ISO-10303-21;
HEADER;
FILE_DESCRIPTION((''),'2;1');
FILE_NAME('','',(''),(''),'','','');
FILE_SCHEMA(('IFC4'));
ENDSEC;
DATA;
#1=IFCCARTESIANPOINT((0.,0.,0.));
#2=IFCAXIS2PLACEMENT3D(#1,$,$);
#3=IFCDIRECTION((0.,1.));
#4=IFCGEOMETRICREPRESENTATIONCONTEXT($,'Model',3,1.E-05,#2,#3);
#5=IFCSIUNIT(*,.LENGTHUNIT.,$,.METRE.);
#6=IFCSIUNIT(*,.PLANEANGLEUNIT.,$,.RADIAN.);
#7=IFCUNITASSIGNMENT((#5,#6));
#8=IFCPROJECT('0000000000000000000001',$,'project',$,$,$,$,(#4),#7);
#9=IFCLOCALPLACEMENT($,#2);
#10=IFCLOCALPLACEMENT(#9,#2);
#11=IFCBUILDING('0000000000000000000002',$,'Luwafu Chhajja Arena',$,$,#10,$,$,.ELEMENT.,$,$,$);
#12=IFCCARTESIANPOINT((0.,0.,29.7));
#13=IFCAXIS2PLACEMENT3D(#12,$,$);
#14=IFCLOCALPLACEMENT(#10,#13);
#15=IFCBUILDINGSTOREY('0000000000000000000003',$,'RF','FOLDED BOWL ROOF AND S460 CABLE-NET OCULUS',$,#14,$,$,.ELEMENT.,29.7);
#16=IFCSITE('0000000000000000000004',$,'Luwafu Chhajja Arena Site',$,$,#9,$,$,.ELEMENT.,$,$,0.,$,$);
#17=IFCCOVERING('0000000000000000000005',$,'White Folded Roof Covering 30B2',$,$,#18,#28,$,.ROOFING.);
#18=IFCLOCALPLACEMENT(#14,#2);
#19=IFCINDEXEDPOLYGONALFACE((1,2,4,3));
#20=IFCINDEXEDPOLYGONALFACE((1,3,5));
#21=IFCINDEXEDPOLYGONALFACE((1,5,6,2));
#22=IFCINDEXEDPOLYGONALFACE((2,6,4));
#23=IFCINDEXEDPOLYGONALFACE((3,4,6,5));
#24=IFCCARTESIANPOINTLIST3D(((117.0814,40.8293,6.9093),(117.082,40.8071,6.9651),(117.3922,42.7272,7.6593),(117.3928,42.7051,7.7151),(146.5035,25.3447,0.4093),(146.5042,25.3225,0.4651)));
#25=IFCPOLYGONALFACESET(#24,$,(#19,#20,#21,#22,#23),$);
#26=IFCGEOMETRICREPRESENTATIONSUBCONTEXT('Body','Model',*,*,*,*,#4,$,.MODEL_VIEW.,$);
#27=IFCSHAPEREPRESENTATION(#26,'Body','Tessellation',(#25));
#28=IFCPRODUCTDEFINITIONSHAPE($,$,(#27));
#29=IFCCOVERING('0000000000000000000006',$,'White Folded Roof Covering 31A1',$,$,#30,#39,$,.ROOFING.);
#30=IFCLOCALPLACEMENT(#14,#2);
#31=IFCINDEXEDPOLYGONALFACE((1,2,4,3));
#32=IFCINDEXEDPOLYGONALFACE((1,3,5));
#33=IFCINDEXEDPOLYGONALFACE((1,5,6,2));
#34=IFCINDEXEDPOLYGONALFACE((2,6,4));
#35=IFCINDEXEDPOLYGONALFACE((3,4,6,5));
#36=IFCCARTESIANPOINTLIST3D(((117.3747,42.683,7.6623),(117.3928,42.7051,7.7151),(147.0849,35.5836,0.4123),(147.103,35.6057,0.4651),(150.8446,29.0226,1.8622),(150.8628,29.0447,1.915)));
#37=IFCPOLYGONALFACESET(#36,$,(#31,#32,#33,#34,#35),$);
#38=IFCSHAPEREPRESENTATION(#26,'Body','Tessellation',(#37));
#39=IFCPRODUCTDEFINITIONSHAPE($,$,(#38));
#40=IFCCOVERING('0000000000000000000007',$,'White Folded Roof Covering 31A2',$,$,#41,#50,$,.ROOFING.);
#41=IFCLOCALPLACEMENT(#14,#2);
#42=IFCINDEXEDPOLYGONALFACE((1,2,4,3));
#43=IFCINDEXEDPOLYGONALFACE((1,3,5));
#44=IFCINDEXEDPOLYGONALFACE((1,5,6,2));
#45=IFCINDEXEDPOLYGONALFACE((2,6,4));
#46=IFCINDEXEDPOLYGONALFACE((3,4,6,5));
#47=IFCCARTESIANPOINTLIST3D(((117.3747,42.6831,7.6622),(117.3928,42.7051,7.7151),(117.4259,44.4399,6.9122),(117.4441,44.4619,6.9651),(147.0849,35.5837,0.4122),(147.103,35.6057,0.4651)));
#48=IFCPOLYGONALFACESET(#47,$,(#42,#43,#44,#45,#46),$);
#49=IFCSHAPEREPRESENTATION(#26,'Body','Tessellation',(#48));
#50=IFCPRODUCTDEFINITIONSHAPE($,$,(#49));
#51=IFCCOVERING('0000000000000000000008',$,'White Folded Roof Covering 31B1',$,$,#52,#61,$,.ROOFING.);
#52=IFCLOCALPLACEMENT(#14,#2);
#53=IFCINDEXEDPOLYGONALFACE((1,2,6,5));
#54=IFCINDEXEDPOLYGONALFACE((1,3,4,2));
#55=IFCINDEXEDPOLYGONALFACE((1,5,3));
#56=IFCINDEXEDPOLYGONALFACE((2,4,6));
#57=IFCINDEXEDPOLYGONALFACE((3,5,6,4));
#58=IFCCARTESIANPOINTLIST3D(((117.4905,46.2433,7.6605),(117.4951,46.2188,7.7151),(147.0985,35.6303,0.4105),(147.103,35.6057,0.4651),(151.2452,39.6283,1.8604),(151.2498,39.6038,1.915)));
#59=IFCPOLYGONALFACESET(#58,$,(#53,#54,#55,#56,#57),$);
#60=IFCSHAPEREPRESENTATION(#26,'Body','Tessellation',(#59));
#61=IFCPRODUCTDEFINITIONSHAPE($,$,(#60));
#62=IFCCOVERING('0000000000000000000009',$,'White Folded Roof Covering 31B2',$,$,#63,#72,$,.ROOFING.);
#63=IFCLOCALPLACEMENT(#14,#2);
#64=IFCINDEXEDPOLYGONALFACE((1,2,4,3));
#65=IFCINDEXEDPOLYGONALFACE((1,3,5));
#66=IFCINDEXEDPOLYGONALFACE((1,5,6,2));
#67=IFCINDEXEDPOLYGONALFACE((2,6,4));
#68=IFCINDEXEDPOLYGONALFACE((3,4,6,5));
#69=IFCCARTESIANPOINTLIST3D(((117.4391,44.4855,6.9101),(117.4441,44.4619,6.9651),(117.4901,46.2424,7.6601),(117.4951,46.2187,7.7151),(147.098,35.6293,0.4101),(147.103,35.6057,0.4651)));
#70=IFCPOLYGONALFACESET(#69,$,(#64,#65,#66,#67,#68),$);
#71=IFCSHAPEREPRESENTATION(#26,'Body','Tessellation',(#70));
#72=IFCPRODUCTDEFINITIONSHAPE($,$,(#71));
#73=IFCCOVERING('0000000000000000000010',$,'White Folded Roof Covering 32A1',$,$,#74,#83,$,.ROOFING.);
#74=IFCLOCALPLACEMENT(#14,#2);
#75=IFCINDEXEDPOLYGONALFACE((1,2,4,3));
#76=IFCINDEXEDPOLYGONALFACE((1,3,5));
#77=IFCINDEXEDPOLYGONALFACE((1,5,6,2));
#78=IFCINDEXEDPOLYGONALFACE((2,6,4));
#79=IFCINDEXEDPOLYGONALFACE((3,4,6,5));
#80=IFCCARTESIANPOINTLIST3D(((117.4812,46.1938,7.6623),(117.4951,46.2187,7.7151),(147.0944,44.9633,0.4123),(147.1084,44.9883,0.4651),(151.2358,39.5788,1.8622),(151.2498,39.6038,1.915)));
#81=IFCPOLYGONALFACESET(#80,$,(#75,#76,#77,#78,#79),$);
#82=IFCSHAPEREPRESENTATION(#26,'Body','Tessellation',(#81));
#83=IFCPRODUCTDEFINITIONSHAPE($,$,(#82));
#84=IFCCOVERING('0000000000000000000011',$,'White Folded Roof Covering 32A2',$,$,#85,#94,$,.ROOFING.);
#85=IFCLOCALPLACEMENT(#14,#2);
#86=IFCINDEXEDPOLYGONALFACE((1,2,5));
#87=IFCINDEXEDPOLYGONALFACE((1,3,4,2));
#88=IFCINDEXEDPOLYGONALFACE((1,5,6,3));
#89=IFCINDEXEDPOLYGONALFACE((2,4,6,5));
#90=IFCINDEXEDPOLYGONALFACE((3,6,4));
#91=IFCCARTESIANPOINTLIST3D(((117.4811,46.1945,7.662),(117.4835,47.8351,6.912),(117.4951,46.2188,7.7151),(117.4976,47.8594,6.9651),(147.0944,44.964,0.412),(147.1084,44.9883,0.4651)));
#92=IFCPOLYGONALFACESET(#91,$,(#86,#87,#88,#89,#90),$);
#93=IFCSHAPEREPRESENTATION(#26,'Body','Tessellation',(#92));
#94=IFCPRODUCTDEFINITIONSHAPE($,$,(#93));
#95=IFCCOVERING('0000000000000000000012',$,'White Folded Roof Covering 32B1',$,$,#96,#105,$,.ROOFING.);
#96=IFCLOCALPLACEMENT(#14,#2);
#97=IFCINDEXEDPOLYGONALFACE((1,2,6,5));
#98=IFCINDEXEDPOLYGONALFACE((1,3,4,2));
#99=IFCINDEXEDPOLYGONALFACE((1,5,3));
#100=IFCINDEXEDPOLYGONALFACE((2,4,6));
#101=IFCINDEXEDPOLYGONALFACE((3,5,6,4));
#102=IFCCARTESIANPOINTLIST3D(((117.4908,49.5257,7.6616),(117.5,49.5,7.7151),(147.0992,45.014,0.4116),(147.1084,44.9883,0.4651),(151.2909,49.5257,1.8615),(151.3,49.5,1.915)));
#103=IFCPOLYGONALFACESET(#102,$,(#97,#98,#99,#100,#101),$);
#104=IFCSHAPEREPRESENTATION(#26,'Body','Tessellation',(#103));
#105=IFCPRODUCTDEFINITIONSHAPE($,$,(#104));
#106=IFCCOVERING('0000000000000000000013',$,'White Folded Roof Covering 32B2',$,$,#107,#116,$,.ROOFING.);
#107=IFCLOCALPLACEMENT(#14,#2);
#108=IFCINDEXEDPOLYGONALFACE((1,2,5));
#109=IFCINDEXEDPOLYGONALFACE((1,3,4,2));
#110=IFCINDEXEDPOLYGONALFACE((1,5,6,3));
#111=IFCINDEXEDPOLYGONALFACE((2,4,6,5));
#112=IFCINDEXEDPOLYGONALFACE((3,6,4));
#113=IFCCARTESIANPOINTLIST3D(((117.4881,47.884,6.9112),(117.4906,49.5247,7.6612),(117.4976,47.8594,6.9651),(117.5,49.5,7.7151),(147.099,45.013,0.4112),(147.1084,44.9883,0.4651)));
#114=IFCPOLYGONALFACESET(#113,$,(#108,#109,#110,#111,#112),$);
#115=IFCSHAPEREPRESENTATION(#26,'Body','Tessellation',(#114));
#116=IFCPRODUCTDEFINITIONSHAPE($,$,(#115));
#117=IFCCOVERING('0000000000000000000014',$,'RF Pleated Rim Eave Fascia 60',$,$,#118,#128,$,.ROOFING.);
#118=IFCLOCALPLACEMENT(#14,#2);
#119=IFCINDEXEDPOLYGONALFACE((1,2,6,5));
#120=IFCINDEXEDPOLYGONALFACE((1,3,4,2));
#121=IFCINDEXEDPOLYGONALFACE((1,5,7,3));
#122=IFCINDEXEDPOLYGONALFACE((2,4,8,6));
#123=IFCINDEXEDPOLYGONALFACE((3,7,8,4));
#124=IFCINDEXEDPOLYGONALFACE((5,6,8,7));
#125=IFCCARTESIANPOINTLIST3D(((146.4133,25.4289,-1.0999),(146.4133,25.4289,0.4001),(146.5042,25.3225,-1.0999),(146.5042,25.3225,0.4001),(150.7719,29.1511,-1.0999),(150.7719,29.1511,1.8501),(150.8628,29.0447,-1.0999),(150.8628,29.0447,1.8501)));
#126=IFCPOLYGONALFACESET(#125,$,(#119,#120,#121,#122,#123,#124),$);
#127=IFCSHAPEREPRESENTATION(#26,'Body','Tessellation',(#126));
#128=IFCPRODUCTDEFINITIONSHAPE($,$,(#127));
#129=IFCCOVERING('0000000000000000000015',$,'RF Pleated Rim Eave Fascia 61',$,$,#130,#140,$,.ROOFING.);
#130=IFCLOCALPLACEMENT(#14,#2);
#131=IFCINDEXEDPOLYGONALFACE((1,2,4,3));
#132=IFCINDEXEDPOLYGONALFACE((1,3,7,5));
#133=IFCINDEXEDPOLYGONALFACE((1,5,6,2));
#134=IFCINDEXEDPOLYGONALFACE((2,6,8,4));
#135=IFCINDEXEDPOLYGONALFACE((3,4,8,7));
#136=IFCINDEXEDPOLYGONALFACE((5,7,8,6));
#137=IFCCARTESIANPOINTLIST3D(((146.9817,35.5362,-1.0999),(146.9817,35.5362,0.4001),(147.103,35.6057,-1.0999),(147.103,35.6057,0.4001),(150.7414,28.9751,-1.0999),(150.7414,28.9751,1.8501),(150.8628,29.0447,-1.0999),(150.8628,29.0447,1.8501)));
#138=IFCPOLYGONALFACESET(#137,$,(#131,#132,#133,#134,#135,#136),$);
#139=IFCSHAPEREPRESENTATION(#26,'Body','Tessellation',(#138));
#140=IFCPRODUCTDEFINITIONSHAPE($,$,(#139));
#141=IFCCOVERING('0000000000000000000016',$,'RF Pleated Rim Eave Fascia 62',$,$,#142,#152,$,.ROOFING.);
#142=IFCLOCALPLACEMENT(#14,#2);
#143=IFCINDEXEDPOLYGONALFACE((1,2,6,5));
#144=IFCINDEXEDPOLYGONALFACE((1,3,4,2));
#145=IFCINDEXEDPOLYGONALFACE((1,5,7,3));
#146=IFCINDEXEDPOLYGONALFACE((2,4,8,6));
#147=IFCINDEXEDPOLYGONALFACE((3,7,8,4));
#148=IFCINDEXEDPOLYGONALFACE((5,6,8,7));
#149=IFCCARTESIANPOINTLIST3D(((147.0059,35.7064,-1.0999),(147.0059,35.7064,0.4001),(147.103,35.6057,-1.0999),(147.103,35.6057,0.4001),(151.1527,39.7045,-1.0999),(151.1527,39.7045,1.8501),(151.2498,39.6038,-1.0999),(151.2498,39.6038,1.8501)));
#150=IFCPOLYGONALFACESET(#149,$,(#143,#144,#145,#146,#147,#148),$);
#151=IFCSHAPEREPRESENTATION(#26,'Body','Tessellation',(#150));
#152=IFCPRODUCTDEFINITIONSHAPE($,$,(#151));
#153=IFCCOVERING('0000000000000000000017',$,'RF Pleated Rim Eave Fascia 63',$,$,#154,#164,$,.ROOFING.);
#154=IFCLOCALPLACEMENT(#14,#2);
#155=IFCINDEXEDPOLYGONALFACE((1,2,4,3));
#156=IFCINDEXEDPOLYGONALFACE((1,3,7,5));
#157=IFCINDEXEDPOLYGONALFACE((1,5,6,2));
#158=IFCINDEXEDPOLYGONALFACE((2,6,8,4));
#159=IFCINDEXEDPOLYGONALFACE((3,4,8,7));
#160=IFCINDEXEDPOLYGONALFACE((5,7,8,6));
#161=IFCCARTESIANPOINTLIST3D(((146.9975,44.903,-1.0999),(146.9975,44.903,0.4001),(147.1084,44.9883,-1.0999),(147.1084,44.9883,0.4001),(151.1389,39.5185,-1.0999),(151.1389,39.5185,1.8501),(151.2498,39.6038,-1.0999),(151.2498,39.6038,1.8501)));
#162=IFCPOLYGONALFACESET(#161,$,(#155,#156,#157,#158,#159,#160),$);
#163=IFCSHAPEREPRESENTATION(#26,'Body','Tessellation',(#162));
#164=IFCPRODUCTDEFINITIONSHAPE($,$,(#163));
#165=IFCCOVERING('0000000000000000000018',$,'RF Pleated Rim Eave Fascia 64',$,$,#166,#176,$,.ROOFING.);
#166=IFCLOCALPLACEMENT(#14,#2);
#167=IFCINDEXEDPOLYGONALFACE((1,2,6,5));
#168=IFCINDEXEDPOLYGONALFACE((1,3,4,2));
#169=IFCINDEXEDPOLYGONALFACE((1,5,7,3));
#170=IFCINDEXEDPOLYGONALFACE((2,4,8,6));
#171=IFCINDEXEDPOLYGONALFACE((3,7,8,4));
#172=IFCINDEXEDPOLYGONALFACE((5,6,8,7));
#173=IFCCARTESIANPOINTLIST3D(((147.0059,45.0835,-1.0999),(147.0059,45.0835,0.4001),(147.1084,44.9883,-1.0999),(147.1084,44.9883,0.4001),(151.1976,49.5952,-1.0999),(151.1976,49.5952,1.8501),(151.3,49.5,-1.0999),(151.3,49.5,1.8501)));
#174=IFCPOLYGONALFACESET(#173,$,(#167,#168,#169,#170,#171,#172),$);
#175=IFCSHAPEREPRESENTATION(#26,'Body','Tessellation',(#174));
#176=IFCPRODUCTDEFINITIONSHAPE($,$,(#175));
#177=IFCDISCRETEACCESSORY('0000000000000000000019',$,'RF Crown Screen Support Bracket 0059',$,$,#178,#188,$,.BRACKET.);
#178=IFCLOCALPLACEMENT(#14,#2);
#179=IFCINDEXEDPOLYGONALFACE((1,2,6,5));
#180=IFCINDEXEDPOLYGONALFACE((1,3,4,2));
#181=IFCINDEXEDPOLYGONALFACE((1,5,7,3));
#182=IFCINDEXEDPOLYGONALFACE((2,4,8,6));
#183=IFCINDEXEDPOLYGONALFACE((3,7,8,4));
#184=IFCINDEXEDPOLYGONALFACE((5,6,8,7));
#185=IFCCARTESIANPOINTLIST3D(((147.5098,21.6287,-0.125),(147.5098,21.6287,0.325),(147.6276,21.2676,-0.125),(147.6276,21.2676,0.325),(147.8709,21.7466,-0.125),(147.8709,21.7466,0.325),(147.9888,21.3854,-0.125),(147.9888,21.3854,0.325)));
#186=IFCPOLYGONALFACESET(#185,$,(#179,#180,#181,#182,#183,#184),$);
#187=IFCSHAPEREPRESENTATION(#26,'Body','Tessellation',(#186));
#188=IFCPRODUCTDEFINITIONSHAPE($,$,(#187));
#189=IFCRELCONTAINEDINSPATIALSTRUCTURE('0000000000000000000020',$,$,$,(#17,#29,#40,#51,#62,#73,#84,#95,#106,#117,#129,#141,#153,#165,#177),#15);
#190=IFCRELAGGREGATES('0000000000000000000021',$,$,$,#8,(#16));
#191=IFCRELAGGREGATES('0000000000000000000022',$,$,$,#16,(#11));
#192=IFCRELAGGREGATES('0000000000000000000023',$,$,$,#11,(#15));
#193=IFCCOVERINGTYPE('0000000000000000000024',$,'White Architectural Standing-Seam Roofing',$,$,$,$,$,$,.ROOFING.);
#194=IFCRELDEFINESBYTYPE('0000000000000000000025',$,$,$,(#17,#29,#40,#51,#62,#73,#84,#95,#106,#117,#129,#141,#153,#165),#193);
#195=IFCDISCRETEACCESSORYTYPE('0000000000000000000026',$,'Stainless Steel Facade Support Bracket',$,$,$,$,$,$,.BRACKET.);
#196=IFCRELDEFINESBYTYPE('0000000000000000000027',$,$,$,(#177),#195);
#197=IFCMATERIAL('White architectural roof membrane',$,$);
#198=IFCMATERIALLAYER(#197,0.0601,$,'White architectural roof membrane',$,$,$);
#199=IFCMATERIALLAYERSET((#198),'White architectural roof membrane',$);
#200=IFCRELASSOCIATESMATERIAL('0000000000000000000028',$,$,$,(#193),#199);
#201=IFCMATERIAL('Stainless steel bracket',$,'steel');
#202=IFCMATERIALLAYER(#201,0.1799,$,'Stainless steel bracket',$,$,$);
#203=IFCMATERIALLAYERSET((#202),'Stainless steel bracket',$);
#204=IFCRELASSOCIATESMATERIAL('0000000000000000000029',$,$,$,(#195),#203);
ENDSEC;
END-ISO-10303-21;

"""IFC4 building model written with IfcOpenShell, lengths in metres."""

from ifc_helpers import new_model, si_unit, direction, frame, origin, origin_2d, place, context, subcontext, project, spatial, polyline, rectangle, outline, extrude, material, layer, layer_set, type_object, element, save


model = new_model("IFC4")

# Units and contexts
model_context = context("Model", 3, precision=1e-05, world=origin(), true_north=direction((0.0, 1.0)))
body_context = subcontext(model_context, "Body", "Model", "MODEL_VIEW")
ifc_project = project(units=[si_unit("LENGTHUNIT", "METRE"), si_unit("PLANEANGLEUNIT", "RADIAN")], contexts=[model_context])

# Site, building, storey
site_placement = place(None, origin())
site = spatial("IfcSite", under=ifc_project, at=site_placement, Name="Luwafu Chhajja Arena Site", CompositionType="ELEMENT", RefElevation=0.0)
building_placement = place(site_placement, origin())
building = spatial("IfcBuilding", under=site, at=building_placement, Name="Luwafu Chhajja Arena", CompositionType="ELEMENT")
storey_placement = place(building_placement, frame((0.0, 0.0, 29.7)))
storey = spatial("IfcBuildingStorey", under=building, at=storey_placement, Name="RF", Description="FOLDED BOWL ROOF AND S460 CABLE-NET OCULUS", CompositionType="ELEMENT", Elevation=29.7)

# Coverings
ifc_material_1 = material(Name="White architectural roof membrane")
ifc_layer_1 = layer(ifc_material_1, 0.0601, Name="White architectural roof membrane")
ifc_layer_set_1 = layer_set([ifc_layer_1], Name="White architectural roof membrane")
covering_type = type_object("IfcCoveringType", Name="White Architectural Standing-Seam Roofing", PredefinedType="ROOFING", material=ifc_layer_set_1)
covering_1_placement = place(storey_placement, frame((146.5042, 25.3225, 0.4651), z_axis=(0.011081, -0.369056, 0.929341), x_axis=(-0.839607, 0.501335, 0.209099)))
element("IfcCovering", 1, at=covering_1_placement, inside=storey, type_object=covering_type, Name="White Folded Roof Covering 30B2", PredefinedType="ROOFING", context=body_context, shape_type="SweptSolid", body=[
    extrude(outline(polyline([(0.0, 0.0), (34.6725, 0.0), (33.8252, 1.8823), (0.0, 0.0)])), origin(), (0.0, 0.0, -1.0), 0.0601),
])
covering_2_placement = place(storey_placement, frame((150.8628, 29.0447, 1.915), z_axis=(0.302449, 0.36766, 0.879404), x_axis=(-0.4883, 0.852116, -0.188313)))
element("IfcCovering", 2, at=covering_2_placement, inside=storey, type_object=covering_type, Name="White Folded Roof Covering 31A1", PredefinedType="ROOFING", context=body_context, shape_type="SweptSolid", body=[
    extrude(outline(polyline([(0.0, 0.0), (7.6997, 0.0), (26.8914, 24.8463), (0.0, 0.0)])), origin(), (0.0, 0.0, -1.0), 0.0601),
])
covering_3_placement = place(storey_placement, frame((147.103, 35.6057, 0.4651), z_axis=(0.302337, 0.366772, 0.879813), x_axis=(-0.937741, 0.280011, 0.205514)))
element("IfcCovering", 3, at=covering_3_placement, inside=storey, type_object=covering_type, Name="White Folded Roof Covering 31A2", PredefinedType="ROOFING", context=body_context, shape_type="SweptSolid", body=[
    extrude(outline(polyline([(0.0, 0.0), (31.6281, 0.0), (31.3383, 1.8888), (0.0, 0.0)])), origin(), (0.0, 0.0, -1.0), 0.0601),
])
covering_4_placement = place(storey_placement, frame((147.103, 35.6057, 0.4651), z_axis=(0.076153, -0.408807, 0.909438), x_axis=(0.698117, 0.673086, 0.244105)))
element("IfcCovering", 4, at=covering_4_placement, inside=storey, type_object=covering_type, Name="White Folded Roof Covering 31B1", PredefinedType="ROOFING", context=body_context, shape_type="SweptSolid", body=[
    extrude(outline(polyline([(0.0, 0.0), (5.9399, 0.0), (-11.7565, 30.0601), (0.0, 0.0)])), origin(), (0.0, 0.0, -1.0), 0.0601),
])
covering_5_placement = place(storey_placement, frame((147.103, 35.6057, 0.4651), z_axis=(0.083227, -0.393305, 0.915633), x_axis=(-0.917297, 0.328808, 0.224616)))
element("IfcCovering", 5, at=covering_5_placement, inside=storey, type_object=covering_type, Name="White Folded Roof Covering 31B2", PredefinedType="ROOFING", context=body_context, shape_type="SweptSolid", body=[
    extrude(outline(polyline([(0.0, 0.0), (32.2774, 0.0), (31.578, 1.7784), (0.0, 0.0)])), origin(), (0.0, 0.0, -1.0), 0.0601),
])
covering_6_placement = place(storey_placement, frame((151.2498, 39.6038, 1.915), z_axis=(0.232543, 0.415634, 0.879302), x_axis=(-0.596226, 0.775203, -0.208748)))
element("IfcCovering", 6, at=covering_6_placement, inside=storey, type_object=covering_type, Name="White Folded Roof Covering 32A1", PredefinedType="ROOFING", context=body_context, shape_type="SweptSolid", body=[
    extrude(outline(polyline([(0.0, 0.0), (6.946, 0.0), (24.0426, 25.2731), (0.0, 0.0)])), origin(), (0.0, 0.0, -1.0), 0.0601),
])
covering_7_placement = place(storey_placement, frame((147.1084, 44.9883, 0.4651), z_axis=(0.233332, 0.403996, 0.884502), x_axis=(-0.972393, 0.094284, 0.213454)))
element("IfcCovering", 7, at=covering_7_placement, inside=storey, type_object=covering_type, Name="White Folded Roof Covering 32A2", PredefinedType="ROOFING", context=body_context, shape_type="SweptSolid", body=[
    extrude(outline(polyline([(0.0, 0.0), (30.4515, 0.0), (30.4593, 1.8039), (0.0, 0.0)])), origin(), (0.0, 0.0, -1.0), 0.0601),
])
covering_8_placement = place(storey_placement, frame((147.1084, 44.9883, 0.4651), z_axis=(0.152835, -0.428226, 0.890654), x_axis=(0.662527, 0.713117, 0.229178)))
element("IfcCovering", 8, at=covering_8_placement, inside=storey, type_object=covering_type, Name="White Folded Roof Covering 32B1", PredefinedType="ROOFING", context=body_context, shape_type="SweptSolid", body=[
    extrude(outline(polyline([(0.0, 0.0), (6.3268, 0.0), (-14.7374, 27.0626), (0.0, 0.0)])), origin(), (0.0, 0.0, -1.0), 0.0601),
])
covering_9_placement = place(storey_placement, frame((147.1084, 44.9883, 0.4651), z_axis=(0.157308, -0.410777, 0.898063), x_axis=(-0.960838, 0.146412, 0.235274)))
element("IfcCovering", 9, at=covering_9_placement, inside=storey, type_object=covering_type, Name="White Folded Roof Covering 32B2", PredefinedType="ROOFING", context=body_context, shape_type="SweptSolid", body=[
    extrude(outline(polyline([(0.0, 0.0), (30.8152, 0.0), (30.4009, 1.7557), (0.0, 0.0)])), origin(), (0.0, 0.0, -1.0), 0.0601),
])
covering_10_placement = place(storey_placement, frame((146.5042, 25.3225, -1.0999), z_axis=(0.649401, -0.760446, 0.0), x_axis=(0.760446, 0.649401, 0.0)))
element("IfcCovering", 10, at=covering_10_placement, inside=storey, type_object=covering_type, Name="RF Pleated Rim Eave Fascia 60", PredefinedType="ROOFING", context=body_context, shape_type="SweptSolid", body=[
    extrude(outline(polyline([(0.0, 0.0), (5.7317, 0.0), (5.7317, 2.95), (0.0, 1.5), (0.0, 0.0)])), origin(), (0.0, 0.0, -1.0), 0.1399),
])
covering_11_placement = place(storey_placement, frame((150.8628, 29.0447, -1.0999), z_axis=(0.867639, 0.497196, 0.0), x_axis=(-0.497196, 0.867639, 0.0)))
element("IfcCovering", 11, at=covering_11_placement, inside=storey, type_object=covering_type, Name="RF Pleated Rim Eave Fascia 61", PredefinedType="ROOFING", context=body_context, shape_type="SweptSolid", body=[
    extrude(outline(polyline([(0.0, 0.0), (7.5619, 0.0), (7.5619, 1.5), (0.0, 2.95), (0.0, 0.0)])), origin(), (0.0, 0.0, -1.0), 0.1399),
])
covering_12_placement = place(storey_placement, frame((147.103, 35.6057, -1.0999), z_axis=(0.694083, -0.719895, 0.0), x_axis=(0.719895, 0.694083, 0.0)))
element("IfcCovering", 12, at=covering_12_placement, inside=storey, type_object=covering_type, Name="RF Pleated Rim Eave Fascia 62", PredefinedType="ROOFING", context=body_context, shape_type="SweptSolid", body=[
    extrude(outline(polyline([(0.0, 0.0), (5.7602, 0.0), (5.7602, 2.95), (0.0, 1.5), (0.0, 0.0)])), origin(), (0.0, 0.0, -1.0), 0.1399),
])
covering_13_placement = place(storey_placement, frame((151.2498, 39.6038, -1.0999), z_axis=(0.792665, 0.609657, 0.0), x_axis=(-0.609657, 0.792665, 0.0)))
element("IfcCovering", 13, at=covering_13_placement, inside=storey, type_object=covering_type, Name="RF Pleated Rim Eave Fascia 63", PredefinedType="ROOFING", context=body_context, shape_type="SweptSolid", body=[
    extrude(outline(polyline([(0.0, 0.0), (6.7929, 0.0), (6.7929, 1.5), (0.0, 2.95), (0.0, 0.0)])), origin(), (0.0, 0.0, -1.0), 0.1399),
])
covering_14_placement = place(storey_placement, frame((147.1084, 44.9883, -1.0999), z_axis=(0.732616, -0.680643, 0.0), x_axis=(0.680643, 0.732616, 0.0)))
element("IfcCovering", 14, at=covering_14_placement, inside=storey, type_object=covering_type, Name="RF Pleated Rim Eave Fascia 64", PredefinedType="ROOFING", context=body_context, shape_type="SweptSolid", body=[
    extrude(outline(polyline([(0.0, 0.0), (6.1584, 0.0), (6.1584, 2.95), (0.0, 1.5), (0.0, 0.0)])), origin(), (0.0, 0.0, -1.0), 0.1399),
])

# Discrete accessory
ifc_material_2 = material(Name="Stainless steel bracket", Category="steel")
ifc_layer_2 = layer(ifc_material_2, 0.1799, Name="Stainless steel bracket")
ifc_layer_set_2 = layer_set([ifc_layer_2], Name="Stainless steel bracket")
discrete_accessory_type = type_object("IfcDiscreteAccessoryType", Name="Stainless Steel Facade Support Bracket", PredefinedType="BRACKET", material=ifc_layer_set_2)
for number, where, z_axis, x_axis, name in (
    (15, (147.7493, 21.5071, -0.125), (0.0, 0.0, 1.0), (-0.310226, 0.950663, 0.0), "RF Crown Screen Support Bracket 0059"),
):
    element("IfcDiscreteAccessory", number, at=place(storey_placement, frame(where, z_axis=z_axis, x_axis=x_axis)), inside=storey, type_object=discrete_accessory_type, Name=name, PredefinedType="BRACKET", context=body_context, shape_type="SweptSolid", body=[
        extrude(rectangle(XDim=0.3799, YDim=0.3799, at=origin_2d()), origin(), (0.0, 0.0, 1.0), 0.45),
    ])

save(model, "model.ifc")
